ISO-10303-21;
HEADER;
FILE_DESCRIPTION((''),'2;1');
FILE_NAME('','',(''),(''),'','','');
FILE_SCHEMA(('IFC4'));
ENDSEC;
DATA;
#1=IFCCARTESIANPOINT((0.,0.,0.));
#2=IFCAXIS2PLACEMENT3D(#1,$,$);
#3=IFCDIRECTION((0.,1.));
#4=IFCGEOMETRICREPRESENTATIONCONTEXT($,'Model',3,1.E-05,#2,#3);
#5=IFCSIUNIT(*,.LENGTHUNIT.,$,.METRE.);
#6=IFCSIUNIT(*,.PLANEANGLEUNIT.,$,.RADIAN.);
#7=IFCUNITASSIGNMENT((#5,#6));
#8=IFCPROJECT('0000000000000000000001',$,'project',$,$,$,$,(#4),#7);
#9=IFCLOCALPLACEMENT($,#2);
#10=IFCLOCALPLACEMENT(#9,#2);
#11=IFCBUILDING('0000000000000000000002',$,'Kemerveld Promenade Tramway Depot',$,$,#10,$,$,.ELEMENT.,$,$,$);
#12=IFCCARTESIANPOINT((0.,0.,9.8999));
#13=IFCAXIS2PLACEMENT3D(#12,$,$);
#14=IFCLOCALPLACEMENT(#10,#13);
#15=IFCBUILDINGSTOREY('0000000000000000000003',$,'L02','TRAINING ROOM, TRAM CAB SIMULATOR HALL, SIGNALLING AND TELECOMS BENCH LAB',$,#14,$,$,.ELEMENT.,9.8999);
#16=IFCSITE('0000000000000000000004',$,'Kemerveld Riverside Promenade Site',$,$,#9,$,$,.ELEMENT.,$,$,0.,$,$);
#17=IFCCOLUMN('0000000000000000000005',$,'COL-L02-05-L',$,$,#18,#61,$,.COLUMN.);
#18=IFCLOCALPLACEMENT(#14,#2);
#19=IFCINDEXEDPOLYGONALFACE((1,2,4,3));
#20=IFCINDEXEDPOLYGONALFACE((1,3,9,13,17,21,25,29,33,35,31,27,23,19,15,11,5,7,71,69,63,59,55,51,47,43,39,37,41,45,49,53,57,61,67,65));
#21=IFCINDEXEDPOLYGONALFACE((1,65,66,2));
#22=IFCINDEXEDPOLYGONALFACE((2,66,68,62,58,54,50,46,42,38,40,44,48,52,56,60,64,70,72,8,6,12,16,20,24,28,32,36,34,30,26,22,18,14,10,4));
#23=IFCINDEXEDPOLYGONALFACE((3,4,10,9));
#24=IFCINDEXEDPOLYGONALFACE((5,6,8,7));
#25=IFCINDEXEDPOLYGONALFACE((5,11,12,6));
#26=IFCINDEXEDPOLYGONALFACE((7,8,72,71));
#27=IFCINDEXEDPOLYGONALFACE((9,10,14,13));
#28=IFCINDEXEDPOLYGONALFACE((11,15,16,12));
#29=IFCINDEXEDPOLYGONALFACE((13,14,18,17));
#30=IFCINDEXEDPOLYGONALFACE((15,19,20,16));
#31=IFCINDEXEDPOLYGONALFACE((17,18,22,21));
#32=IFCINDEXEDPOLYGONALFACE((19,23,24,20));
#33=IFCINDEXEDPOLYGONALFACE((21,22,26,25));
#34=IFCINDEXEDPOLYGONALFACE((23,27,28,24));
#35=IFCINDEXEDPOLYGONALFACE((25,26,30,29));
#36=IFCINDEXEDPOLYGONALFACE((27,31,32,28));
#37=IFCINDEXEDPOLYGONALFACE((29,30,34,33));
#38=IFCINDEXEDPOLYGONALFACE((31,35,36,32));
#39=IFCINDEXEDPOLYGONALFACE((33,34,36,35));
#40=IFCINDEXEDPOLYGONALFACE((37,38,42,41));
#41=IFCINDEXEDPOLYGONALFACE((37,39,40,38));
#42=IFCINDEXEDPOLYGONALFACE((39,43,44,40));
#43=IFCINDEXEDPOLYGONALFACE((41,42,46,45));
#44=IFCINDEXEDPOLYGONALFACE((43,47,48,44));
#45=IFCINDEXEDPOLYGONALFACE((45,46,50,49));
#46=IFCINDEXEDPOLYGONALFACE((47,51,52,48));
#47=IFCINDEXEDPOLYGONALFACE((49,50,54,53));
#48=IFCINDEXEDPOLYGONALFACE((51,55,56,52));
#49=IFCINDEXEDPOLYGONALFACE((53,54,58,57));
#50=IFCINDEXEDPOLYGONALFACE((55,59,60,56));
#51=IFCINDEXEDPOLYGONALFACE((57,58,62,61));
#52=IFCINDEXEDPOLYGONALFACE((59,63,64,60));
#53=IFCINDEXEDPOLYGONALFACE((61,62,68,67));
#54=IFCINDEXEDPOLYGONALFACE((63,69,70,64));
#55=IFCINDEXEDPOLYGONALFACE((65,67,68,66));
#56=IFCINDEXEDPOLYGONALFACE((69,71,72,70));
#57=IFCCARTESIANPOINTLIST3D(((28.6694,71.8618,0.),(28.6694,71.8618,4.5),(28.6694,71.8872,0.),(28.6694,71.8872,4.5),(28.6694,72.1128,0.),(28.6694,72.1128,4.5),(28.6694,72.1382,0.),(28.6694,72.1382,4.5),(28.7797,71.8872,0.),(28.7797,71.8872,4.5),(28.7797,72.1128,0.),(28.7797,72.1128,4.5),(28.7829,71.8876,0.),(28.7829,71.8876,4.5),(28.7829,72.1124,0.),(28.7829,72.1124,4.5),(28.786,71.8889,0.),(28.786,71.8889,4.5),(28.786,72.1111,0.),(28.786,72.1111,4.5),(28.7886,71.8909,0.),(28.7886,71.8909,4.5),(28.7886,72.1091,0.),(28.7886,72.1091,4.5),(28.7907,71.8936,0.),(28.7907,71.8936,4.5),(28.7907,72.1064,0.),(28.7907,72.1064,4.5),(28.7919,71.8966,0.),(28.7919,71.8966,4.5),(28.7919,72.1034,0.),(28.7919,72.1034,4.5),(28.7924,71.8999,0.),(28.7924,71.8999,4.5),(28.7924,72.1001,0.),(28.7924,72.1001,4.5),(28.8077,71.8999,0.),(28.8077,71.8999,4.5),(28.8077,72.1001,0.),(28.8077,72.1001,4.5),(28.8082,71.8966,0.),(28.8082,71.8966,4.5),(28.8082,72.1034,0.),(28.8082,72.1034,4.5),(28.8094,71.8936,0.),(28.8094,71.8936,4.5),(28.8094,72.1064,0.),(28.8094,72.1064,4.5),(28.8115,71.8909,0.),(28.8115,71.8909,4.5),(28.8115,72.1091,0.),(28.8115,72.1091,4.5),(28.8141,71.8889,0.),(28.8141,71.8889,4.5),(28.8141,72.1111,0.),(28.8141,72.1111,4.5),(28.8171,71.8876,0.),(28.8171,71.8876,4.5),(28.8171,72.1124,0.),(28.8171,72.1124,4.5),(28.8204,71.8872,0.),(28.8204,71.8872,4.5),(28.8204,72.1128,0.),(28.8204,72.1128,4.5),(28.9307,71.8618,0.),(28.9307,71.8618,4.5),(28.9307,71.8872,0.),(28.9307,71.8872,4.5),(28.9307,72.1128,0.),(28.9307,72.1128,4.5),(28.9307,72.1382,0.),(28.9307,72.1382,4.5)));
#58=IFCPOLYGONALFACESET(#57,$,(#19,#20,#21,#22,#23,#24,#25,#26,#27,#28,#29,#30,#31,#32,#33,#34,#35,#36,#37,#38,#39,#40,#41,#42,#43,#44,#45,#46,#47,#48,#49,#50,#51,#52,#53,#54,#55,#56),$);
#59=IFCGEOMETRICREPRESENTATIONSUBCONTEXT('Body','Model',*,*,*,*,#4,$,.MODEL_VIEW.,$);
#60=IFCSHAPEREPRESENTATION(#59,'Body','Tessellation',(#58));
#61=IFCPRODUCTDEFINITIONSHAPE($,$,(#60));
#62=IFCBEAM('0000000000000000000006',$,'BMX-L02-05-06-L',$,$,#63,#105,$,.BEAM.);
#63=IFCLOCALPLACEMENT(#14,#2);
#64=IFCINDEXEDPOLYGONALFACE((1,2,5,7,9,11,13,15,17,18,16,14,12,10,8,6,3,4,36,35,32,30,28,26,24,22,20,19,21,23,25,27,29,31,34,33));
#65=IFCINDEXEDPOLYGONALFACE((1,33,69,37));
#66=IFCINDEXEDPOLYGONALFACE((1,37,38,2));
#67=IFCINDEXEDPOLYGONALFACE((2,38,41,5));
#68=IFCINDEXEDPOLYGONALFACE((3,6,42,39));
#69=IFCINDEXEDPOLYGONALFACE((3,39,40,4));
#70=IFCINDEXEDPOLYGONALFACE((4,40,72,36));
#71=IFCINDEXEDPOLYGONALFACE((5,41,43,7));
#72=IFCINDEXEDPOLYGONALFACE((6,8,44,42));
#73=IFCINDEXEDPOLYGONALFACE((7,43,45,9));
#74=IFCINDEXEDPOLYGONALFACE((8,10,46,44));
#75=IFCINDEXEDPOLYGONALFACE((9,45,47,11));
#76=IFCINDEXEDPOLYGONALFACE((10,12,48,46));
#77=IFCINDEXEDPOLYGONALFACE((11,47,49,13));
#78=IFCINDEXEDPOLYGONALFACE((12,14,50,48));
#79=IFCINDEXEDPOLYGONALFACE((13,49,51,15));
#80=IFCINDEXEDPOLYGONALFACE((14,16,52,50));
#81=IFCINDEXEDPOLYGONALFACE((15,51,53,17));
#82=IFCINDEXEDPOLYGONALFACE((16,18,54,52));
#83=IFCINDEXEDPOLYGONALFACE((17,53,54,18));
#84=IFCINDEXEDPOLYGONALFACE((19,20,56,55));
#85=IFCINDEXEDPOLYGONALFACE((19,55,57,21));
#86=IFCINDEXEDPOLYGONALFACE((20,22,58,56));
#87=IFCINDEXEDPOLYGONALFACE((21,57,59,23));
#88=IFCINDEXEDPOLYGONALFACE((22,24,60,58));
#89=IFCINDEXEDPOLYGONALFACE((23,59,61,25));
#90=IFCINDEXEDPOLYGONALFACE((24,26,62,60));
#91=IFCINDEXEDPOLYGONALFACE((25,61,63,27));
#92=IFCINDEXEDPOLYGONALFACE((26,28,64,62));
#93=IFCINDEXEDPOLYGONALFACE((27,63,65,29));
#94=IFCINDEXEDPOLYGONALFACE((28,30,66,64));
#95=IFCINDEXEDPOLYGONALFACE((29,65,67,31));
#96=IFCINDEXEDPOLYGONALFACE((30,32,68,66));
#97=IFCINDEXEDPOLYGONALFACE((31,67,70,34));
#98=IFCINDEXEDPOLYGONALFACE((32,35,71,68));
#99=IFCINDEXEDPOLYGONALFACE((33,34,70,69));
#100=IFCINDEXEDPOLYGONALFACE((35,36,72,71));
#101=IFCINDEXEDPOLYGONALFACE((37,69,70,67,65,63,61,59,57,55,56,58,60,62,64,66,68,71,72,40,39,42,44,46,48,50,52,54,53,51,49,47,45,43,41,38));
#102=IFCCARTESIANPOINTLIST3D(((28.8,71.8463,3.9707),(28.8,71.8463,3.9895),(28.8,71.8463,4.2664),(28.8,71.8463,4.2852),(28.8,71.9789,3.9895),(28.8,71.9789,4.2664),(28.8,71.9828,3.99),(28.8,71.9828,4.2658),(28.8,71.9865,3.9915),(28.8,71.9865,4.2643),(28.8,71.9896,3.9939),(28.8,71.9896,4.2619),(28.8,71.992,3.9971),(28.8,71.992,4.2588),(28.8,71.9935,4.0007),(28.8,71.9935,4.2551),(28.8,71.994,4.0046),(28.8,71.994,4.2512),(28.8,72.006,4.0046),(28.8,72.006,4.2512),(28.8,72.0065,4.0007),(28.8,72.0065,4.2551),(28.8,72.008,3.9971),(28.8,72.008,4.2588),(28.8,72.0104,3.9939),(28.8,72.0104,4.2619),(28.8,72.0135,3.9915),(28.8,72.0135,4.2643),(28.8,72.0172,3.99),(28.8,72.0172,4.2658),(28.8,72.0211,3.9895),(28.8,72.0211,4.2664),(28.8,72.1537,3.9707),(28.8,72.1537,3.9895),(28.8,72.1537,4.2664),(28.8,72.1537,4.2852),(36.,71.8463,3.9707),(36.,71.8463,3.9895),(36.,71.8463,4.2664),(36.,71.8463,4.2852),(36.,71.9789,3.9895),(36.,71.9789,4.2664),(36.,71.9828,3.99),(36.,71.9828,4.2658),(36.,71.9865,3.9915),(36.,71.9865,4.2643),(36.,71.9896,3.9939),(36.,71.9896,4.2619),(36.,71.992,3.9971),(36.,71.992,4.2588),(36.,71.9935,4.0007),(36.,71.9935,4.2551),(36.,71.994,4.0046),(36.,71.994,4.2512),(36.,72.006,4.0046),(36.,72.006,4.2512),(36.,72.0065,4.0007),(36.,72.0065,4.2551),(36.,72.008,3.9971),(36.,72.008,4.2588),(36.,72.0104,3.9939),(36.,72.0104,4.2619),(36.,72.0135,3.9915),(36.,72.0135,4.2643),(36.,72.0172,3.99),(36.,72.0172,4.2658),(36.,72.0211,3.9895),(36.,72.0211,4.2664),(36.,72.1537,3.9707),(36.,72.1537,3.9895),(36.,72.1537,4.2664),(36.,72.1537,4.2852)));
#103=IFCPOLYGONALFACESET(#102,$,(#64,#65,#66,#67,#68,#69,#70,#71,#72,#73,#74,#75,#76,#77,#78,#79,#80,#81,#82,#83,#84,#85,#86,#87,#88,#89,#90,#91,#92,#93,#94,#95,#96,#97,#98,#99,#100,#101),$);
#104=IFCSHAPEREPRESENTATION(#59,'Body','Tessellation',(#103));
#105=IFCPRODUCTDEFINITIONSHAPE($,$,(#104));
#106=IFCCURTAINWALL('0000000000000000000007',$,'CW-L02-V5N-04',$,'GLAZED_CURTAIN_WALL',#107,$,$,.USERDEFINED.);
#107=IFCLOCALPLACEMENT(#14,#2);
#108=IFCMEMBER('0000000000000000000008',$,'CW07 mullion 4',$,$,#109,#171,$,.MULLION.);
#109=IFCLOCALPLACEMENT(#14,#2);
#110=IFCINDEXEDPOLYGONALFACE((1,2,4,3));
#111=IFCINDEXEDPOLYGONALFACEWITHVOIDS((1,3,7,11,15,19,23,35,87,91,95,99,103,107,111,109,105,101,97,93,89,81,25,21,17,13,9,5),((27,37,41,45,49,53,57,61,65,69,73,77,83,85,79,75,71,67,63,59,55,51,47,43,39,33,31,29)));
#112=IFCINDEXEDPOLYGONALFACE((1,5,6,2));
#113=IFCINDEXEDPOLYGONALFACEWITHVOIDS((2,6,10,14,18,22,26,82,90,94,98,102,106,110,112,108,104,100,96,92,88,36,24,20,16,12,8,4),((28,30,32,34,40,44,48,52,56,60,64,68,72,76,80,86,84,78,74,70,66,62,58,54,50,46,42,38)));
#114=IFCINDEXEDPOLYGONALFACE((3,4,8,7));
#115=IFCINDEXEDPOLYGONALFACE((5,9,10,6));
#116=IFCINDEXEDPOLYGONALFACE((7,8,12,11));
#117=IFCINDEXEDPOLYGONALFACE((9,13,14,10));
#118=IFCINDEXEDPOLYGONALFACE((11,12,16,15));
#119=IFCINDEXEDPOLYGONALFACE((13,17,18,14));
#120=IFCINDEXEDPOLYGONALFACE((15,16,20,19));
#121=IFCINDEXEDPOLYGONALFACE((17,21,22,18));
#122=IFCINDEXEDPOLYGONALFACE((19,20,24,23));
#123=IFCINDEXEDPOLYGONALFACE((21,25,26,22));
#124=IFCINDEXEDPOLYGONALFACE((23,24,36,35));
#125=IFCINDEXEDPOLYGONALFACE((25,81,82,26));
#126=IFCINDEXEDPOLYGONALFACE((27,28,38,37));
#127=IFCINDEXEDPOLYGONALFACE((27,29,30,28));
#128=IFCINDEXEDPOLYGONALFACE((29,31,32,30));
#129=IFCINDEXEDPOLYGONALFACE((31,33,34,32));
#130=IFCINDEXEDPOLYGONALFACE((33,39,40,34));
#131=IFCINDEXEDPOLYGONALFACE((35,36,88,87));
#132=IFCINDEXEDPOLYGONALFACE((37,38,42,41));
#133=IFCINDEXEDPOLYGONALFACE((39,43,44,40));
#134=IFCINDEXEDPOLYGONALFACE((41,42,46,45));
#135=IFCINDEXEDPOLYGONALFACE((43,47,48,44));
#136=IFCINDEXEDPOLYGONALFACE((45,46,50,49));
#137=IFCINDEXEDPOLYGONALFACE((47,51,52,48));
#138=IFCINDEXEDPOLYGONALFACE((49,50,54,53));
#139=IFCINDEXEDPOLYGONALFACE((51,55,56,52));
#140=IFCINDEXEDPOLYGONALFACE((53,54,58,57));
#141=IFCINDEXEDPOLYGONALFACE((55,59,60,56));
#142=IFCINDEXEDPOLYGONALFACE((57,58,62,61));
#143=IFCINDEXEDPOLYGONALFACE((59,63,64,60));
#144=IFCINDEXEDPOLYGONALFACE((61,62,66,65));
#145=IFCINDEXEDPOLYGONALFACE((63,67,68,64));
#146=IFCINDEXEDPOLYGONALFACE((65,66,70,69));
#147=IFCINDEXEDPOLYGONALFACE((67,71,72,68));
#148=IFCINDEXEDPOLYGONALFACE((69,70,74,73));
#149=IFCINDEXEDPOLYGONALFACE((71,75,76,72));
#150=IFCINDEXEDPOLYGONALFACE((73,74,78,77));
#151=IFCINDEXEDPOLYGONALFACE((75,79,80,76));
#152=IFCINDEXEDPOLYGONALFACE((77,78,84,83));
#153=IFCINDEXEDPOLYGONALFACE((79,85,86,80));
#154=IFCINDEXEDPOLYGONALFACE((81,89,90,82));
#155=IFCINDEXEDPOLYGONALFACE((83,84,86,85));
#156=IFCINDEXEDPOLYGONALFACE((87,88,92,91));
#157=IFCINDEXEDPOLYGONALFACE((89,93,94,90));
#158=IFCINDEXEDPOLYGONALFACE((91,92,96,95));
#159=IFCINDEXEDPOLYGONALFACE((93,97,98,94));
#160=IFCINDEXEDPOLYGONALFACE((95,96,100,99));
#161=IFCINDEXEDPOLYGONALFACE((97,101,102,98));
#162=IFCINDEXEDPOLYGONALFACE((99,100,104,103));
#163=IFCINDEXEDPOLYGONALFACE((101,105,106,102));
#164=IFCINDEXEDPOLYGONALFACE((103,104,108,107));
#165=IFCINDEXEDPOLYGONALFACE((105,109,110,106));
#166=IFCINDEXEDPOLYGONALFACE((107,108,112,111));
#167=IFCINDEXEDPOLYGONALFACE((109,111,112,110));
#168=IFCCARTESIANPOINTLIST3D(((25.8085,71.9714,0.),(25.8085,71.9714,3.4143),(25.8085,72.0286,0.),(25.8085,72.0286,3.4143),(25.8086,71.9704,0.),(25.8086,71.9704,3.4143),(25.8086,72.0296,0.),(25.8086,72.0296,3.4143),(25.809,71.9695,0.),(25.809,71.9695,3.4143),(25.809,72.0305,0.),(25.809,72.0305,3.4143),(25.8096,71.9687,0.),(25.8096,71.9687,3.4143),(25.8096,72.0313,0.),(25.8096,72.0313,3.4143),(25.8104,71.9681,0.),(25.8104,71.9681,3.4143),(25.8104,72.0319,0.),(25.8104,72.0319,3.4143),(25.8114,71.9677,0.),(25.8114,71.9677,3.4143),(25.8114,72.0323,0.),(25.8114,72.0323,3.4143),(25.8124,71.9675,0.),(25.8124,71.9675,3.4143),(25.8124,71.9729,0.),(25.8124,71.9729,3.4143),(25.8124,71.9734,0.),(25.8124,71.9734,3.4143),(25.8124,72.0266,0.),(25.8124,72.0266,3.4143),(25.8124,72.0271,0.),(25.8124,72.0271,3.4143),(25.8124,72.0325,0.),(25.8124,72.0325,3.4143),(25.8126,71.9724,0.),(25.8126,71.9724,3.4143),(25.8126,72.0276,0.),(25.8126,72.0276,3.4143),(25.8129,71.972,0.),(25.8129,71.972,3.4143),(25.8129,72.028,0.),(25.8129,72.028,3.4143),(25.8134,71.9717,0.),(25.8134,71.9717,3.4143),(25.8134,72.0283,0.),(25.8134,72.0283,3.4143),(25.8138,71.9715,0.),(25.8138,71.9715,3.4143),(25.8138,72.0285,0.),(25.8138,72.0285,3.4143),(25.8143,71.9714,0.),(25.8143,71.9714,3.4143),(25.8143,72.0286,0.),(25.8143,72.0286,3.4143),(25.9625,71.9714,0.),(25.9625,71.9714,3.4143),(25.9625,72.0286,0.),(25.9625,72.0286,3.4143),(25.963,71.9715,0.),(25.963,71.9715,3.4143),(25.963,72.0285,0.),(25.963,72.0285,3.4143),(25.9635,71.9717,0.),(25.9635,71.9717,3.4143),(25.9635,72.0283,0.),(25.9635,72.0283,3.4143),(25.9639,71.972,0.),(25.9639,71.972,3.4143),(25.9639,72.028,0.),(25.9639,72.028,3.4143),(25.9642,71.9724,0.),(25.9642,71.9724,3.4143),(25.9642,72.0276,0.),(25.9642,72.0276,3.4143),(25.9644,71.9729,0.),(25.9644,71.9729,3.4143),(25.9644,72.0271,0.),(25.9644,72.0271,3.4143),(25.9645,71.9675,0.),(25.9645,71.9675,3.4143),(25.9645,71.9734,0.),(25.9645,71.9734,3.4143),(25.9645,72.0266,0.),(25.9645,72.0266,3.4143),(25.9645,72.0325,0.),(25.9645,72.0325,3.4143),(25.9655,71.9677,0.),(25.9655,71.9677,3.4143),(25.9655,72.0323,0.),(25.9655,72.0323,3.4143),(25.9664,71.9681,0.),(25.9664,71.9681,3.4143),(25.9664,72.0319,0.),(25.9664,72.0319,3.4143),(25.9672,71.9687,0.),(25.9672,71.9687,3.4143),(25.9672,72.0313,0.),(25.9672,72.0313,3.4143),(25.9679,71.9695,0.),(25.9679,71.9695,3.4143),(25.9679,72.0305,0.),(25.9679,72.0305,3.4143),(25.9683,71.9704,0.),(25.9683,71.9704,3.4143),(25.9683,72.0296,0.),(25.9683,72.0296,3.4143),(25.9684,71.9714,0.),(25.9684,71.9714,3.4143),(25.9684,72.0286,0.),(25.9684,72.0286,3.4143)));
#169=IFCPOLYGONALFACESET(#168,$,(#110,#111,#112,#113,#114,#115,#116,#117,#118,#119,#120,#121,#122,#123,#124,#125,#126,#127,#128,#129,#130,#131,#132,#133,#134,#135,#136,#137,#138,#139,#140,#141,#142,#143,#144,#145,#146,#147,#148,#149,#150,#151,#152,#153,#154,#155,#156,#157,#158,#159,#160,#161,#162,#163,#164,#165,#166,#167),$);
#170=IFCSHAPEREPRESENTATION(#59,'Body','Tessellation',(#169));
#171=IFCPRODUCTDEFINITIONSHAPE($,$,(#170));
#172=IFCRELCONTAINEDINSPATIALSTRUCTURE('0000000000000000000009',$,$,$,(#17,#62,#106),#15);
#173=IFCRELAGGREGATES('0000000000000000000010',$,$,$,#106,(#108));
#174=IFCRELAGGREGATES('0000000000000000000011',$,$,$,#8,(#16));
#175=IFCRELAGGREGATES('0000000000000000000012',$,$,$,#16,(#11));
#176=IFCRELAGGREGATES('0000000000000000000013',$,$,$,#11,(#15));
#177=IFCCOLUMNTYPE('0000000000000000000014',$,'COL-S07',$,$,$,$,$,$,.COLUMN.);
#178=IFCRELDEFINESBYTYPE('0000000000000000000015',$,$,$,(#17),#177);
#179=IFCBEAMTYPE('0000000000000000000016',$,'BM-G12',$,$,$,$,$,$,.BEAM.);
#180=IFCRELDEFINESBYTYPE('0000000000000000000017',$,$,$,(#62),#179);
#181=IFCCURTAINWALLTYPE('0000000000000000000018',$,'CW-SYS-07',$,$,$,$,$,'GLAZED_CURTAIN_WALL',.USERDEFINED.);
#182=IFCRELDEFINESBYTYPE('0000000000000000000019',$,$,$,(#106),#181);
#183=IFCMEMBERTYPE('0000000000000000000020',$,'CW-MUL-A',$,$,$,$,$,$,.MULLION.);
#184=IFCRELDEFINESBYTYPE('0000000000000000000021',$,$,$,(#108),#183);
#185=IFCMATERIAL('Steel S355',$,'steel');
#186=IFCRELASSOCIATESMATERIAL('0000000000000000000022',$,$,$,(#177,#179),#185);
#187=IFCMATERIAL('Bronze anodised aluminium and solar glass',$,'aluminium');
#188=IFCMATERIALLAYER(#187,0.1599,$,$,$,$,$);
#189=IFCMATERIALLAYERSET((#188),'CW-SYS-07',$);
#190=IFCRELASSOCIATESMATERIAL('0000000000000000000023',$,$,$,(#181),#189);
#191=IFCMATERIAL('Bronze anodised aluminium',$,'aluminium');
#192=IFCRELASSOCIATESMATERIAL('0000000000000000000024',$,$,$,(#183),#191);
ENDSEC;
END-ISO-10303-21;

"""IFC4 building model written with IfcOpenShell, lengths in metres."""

from ifc_helpers import new_model, si_unit, direction, frame, origin, origin_2d, place, context, subcontext, project, spatial, hollow_rectangle, i_section, extrude, material, layer, layer_set, material_profile, profile_set, type_object, element, aggregate, save


model = new_model("IFC4")

# Units and contexts
model_context = context("Model", 3, precision=1e-05, world=origin(), true_north=direction((0.0, 1.0)))
body_context = subcontext(model_context, "Body", "Model", "MODEL_VIEW")
ifc_project = project(units=[si_unit("LENGTHUNIT", "METRE"), si_unit("PLANEANGLEUNIT", "RADIAN")], contexts=[model_context])

# Site, building, storey
site_placement = place(None, origin())
site = spatial("IfcSite", under=ifc_project, at=site_placement, Name="Kemerveld Riverside Promenade Site", CompositionType="ELEMENT", RefElevation=0.0)
building_placement = place(site_placement, origin())
building = spatial("IfcBuilding", under=site, at=building_placement, Name="Kemerveld Promenade Tramway Depot", CompositionType="ELEMENT")
storey_placement = place(building_placement, frame((0.0, 0.0, 9.8999)))
storey = spatial("IfcBuildingStorey", under=building, at=storey_placement, Name="L02", Description="TRAINING ROOM, TRAM CAB SIMULATOR HALL, SIGNALLING AND TELECOMS BENCH LAB", CompositionType="ELEMENT", Elevation=9.8999)

# Column
ifc_material_1 = material(Name="Steel S355", Category="steel")
ifc_material_profile_1 = material_profile(ifc_material_1, i_section(OverallWidth=0.2612, OverallDepth=0.2764, WebThickness=0.0154, FlangeThickness=0.0254, FilletRadius=0.0127, at=origin_2d()), Name="254x254x132 UC")
ifc_profile_set_1 = profile_set([ifc_material_profile_1], Name="Steel S355")
column_type = type_object("IfcColumnType", Name="COL-S07", PredefinedType="COLUMN", material=ifc_profile_set_1)
column_placement = place(storey_placement, frame((28.8, 72.0, 0.0), z_axis=(0.0, 0.0, 1.0), x_axis=(1.0, 0.0, 0.0)))
element("IfcColumn", 1, at=column_placement, inside=storey, type_object=column_type, Name="COL-L02-05-L", PredefinedType="COLUMN", context=body_context, shape_type="SweptSolid", body=[
    extrude(i_section(OverallWidth=0.2612, OverallDepth=0.2764, WebThickness=0.0154, FlangeThickness=0.0254, FilletRadius=0.0127, at=origin_2d()), origin(), (0.0, 0.0, 1.0), 4.5),
])

# Beam
ifc_material_profile_2 = material_profile(ifc_material_1, i_section(OverallWidth=0.3074, OverallDepth=0.3145, WebThickness=0.012, FlangeThickness=0.0188, FilletRadius=0.0151, at=origin_2d()), Name="305x305x118 UC")
ifc_profile_set_2 = profile_set([ifc_material_profile_2], Name="Steel S355")
beam_type = type_object("IfcBeamType", Name="BM-G12", PredefinedType="BEAM", material=ifc_profile_set_2)
beam_placement = place(storey_placement, frame((28.8, 72.0, 4.1279), z_axis=(1.0, 0.0, 0.0), x_axis=(0.0, 1.0, 0.0)))
element("IfcBeam", 2, at=beam_placement, inside=storey, type_object=beam_type, Name="BMX-L02-05-06-L", PredefinedType="BEAM", context=body_context, shape_type="SweptSolid", body=[
    extrude(i_section(OverallWidth=0.3074, OverallDepth=0.3145, WebThickness=0.012, FlangeThickness=0.0188, FilletRadius=0.0151, at=origin_2d()), origin(), (0.0, 0.0, 1.0), 7.2),
])

# Curtain wall, member
ifc_material_2 = material(Name="Bronze anodised aluminium and solar glass", Category="aluminium")
ifc_layer_1 = layer(ifc_material_2, 0.1599)
ifc_layer_set_1 = layer_set([ifc_layer_1], Name="CW-SYS-07")
curtain_wall_type = type_object("IfcCurtainWallType", Name="CW-SYS-07", ElementType="GLAZED_CURTAIN_WALL", PredefinedType="USERDEFINED", material=ifc_layer_set_1)
curtain_wall_placement = place(storey_placement, origin())
curtain_wall = element("IfcCurtainWall", 3, at=curtain_wall_placement, inside=storey, type_object=curtain_wall_type, Name="CW-L02-V5N-04", ObjectType="GLAZED_CURTAIN_WALL", PredefinedType="USERDEFINED")
ifc_material_3 = material(Name="Bronze anodised aluminium", Category="aluminium")
ifc_material_profile_3 = material_profile(ifc_material_3, hollow_rectangle(XDim=0.0649, YDim=0.1599, WallThickness=0.0039, InnerFilletRadius=0.002, OuterFilletRadius=0.0039, at=origin_2d()), Name="CW-MUL-160x65")
ifc_profile_set_3 = profile_set([ifc_material_profile_3], Name="Bronze anodised aluminium")
member_type_1 = type_object("IfcMemberType", Name="CW-MUL-A", PredefinedType="MULLION", material=ifc_profile_set_3)
member_1_placement = place(storey_placement, frame((25.8884, 72.0, 0.0), z_axis=(0.0, 0.0, 1.0), x_axis=(0.0, 1.0, 0.0)))
member_1 = element("IfcMember", 4, at=member_1_placement, type_object=member_type_1, Name="CW07 mullion 4", PredefinedType="MULLION", context=body_context, shape_type="SweptSolid", body=[
    extrude(hollow_rectangle(XDim=0.0649, YDim=0.1599, WallThickness=0.0039, InnerFilletRadius=0.002, OuterFilletRadius=0.0039, at=origin_2d()), origin(), (0.0, 0.0, 1.0), 3.4143),
])
aggregate(curtain_wall, [member_1])

save(model, "model.ifc")
